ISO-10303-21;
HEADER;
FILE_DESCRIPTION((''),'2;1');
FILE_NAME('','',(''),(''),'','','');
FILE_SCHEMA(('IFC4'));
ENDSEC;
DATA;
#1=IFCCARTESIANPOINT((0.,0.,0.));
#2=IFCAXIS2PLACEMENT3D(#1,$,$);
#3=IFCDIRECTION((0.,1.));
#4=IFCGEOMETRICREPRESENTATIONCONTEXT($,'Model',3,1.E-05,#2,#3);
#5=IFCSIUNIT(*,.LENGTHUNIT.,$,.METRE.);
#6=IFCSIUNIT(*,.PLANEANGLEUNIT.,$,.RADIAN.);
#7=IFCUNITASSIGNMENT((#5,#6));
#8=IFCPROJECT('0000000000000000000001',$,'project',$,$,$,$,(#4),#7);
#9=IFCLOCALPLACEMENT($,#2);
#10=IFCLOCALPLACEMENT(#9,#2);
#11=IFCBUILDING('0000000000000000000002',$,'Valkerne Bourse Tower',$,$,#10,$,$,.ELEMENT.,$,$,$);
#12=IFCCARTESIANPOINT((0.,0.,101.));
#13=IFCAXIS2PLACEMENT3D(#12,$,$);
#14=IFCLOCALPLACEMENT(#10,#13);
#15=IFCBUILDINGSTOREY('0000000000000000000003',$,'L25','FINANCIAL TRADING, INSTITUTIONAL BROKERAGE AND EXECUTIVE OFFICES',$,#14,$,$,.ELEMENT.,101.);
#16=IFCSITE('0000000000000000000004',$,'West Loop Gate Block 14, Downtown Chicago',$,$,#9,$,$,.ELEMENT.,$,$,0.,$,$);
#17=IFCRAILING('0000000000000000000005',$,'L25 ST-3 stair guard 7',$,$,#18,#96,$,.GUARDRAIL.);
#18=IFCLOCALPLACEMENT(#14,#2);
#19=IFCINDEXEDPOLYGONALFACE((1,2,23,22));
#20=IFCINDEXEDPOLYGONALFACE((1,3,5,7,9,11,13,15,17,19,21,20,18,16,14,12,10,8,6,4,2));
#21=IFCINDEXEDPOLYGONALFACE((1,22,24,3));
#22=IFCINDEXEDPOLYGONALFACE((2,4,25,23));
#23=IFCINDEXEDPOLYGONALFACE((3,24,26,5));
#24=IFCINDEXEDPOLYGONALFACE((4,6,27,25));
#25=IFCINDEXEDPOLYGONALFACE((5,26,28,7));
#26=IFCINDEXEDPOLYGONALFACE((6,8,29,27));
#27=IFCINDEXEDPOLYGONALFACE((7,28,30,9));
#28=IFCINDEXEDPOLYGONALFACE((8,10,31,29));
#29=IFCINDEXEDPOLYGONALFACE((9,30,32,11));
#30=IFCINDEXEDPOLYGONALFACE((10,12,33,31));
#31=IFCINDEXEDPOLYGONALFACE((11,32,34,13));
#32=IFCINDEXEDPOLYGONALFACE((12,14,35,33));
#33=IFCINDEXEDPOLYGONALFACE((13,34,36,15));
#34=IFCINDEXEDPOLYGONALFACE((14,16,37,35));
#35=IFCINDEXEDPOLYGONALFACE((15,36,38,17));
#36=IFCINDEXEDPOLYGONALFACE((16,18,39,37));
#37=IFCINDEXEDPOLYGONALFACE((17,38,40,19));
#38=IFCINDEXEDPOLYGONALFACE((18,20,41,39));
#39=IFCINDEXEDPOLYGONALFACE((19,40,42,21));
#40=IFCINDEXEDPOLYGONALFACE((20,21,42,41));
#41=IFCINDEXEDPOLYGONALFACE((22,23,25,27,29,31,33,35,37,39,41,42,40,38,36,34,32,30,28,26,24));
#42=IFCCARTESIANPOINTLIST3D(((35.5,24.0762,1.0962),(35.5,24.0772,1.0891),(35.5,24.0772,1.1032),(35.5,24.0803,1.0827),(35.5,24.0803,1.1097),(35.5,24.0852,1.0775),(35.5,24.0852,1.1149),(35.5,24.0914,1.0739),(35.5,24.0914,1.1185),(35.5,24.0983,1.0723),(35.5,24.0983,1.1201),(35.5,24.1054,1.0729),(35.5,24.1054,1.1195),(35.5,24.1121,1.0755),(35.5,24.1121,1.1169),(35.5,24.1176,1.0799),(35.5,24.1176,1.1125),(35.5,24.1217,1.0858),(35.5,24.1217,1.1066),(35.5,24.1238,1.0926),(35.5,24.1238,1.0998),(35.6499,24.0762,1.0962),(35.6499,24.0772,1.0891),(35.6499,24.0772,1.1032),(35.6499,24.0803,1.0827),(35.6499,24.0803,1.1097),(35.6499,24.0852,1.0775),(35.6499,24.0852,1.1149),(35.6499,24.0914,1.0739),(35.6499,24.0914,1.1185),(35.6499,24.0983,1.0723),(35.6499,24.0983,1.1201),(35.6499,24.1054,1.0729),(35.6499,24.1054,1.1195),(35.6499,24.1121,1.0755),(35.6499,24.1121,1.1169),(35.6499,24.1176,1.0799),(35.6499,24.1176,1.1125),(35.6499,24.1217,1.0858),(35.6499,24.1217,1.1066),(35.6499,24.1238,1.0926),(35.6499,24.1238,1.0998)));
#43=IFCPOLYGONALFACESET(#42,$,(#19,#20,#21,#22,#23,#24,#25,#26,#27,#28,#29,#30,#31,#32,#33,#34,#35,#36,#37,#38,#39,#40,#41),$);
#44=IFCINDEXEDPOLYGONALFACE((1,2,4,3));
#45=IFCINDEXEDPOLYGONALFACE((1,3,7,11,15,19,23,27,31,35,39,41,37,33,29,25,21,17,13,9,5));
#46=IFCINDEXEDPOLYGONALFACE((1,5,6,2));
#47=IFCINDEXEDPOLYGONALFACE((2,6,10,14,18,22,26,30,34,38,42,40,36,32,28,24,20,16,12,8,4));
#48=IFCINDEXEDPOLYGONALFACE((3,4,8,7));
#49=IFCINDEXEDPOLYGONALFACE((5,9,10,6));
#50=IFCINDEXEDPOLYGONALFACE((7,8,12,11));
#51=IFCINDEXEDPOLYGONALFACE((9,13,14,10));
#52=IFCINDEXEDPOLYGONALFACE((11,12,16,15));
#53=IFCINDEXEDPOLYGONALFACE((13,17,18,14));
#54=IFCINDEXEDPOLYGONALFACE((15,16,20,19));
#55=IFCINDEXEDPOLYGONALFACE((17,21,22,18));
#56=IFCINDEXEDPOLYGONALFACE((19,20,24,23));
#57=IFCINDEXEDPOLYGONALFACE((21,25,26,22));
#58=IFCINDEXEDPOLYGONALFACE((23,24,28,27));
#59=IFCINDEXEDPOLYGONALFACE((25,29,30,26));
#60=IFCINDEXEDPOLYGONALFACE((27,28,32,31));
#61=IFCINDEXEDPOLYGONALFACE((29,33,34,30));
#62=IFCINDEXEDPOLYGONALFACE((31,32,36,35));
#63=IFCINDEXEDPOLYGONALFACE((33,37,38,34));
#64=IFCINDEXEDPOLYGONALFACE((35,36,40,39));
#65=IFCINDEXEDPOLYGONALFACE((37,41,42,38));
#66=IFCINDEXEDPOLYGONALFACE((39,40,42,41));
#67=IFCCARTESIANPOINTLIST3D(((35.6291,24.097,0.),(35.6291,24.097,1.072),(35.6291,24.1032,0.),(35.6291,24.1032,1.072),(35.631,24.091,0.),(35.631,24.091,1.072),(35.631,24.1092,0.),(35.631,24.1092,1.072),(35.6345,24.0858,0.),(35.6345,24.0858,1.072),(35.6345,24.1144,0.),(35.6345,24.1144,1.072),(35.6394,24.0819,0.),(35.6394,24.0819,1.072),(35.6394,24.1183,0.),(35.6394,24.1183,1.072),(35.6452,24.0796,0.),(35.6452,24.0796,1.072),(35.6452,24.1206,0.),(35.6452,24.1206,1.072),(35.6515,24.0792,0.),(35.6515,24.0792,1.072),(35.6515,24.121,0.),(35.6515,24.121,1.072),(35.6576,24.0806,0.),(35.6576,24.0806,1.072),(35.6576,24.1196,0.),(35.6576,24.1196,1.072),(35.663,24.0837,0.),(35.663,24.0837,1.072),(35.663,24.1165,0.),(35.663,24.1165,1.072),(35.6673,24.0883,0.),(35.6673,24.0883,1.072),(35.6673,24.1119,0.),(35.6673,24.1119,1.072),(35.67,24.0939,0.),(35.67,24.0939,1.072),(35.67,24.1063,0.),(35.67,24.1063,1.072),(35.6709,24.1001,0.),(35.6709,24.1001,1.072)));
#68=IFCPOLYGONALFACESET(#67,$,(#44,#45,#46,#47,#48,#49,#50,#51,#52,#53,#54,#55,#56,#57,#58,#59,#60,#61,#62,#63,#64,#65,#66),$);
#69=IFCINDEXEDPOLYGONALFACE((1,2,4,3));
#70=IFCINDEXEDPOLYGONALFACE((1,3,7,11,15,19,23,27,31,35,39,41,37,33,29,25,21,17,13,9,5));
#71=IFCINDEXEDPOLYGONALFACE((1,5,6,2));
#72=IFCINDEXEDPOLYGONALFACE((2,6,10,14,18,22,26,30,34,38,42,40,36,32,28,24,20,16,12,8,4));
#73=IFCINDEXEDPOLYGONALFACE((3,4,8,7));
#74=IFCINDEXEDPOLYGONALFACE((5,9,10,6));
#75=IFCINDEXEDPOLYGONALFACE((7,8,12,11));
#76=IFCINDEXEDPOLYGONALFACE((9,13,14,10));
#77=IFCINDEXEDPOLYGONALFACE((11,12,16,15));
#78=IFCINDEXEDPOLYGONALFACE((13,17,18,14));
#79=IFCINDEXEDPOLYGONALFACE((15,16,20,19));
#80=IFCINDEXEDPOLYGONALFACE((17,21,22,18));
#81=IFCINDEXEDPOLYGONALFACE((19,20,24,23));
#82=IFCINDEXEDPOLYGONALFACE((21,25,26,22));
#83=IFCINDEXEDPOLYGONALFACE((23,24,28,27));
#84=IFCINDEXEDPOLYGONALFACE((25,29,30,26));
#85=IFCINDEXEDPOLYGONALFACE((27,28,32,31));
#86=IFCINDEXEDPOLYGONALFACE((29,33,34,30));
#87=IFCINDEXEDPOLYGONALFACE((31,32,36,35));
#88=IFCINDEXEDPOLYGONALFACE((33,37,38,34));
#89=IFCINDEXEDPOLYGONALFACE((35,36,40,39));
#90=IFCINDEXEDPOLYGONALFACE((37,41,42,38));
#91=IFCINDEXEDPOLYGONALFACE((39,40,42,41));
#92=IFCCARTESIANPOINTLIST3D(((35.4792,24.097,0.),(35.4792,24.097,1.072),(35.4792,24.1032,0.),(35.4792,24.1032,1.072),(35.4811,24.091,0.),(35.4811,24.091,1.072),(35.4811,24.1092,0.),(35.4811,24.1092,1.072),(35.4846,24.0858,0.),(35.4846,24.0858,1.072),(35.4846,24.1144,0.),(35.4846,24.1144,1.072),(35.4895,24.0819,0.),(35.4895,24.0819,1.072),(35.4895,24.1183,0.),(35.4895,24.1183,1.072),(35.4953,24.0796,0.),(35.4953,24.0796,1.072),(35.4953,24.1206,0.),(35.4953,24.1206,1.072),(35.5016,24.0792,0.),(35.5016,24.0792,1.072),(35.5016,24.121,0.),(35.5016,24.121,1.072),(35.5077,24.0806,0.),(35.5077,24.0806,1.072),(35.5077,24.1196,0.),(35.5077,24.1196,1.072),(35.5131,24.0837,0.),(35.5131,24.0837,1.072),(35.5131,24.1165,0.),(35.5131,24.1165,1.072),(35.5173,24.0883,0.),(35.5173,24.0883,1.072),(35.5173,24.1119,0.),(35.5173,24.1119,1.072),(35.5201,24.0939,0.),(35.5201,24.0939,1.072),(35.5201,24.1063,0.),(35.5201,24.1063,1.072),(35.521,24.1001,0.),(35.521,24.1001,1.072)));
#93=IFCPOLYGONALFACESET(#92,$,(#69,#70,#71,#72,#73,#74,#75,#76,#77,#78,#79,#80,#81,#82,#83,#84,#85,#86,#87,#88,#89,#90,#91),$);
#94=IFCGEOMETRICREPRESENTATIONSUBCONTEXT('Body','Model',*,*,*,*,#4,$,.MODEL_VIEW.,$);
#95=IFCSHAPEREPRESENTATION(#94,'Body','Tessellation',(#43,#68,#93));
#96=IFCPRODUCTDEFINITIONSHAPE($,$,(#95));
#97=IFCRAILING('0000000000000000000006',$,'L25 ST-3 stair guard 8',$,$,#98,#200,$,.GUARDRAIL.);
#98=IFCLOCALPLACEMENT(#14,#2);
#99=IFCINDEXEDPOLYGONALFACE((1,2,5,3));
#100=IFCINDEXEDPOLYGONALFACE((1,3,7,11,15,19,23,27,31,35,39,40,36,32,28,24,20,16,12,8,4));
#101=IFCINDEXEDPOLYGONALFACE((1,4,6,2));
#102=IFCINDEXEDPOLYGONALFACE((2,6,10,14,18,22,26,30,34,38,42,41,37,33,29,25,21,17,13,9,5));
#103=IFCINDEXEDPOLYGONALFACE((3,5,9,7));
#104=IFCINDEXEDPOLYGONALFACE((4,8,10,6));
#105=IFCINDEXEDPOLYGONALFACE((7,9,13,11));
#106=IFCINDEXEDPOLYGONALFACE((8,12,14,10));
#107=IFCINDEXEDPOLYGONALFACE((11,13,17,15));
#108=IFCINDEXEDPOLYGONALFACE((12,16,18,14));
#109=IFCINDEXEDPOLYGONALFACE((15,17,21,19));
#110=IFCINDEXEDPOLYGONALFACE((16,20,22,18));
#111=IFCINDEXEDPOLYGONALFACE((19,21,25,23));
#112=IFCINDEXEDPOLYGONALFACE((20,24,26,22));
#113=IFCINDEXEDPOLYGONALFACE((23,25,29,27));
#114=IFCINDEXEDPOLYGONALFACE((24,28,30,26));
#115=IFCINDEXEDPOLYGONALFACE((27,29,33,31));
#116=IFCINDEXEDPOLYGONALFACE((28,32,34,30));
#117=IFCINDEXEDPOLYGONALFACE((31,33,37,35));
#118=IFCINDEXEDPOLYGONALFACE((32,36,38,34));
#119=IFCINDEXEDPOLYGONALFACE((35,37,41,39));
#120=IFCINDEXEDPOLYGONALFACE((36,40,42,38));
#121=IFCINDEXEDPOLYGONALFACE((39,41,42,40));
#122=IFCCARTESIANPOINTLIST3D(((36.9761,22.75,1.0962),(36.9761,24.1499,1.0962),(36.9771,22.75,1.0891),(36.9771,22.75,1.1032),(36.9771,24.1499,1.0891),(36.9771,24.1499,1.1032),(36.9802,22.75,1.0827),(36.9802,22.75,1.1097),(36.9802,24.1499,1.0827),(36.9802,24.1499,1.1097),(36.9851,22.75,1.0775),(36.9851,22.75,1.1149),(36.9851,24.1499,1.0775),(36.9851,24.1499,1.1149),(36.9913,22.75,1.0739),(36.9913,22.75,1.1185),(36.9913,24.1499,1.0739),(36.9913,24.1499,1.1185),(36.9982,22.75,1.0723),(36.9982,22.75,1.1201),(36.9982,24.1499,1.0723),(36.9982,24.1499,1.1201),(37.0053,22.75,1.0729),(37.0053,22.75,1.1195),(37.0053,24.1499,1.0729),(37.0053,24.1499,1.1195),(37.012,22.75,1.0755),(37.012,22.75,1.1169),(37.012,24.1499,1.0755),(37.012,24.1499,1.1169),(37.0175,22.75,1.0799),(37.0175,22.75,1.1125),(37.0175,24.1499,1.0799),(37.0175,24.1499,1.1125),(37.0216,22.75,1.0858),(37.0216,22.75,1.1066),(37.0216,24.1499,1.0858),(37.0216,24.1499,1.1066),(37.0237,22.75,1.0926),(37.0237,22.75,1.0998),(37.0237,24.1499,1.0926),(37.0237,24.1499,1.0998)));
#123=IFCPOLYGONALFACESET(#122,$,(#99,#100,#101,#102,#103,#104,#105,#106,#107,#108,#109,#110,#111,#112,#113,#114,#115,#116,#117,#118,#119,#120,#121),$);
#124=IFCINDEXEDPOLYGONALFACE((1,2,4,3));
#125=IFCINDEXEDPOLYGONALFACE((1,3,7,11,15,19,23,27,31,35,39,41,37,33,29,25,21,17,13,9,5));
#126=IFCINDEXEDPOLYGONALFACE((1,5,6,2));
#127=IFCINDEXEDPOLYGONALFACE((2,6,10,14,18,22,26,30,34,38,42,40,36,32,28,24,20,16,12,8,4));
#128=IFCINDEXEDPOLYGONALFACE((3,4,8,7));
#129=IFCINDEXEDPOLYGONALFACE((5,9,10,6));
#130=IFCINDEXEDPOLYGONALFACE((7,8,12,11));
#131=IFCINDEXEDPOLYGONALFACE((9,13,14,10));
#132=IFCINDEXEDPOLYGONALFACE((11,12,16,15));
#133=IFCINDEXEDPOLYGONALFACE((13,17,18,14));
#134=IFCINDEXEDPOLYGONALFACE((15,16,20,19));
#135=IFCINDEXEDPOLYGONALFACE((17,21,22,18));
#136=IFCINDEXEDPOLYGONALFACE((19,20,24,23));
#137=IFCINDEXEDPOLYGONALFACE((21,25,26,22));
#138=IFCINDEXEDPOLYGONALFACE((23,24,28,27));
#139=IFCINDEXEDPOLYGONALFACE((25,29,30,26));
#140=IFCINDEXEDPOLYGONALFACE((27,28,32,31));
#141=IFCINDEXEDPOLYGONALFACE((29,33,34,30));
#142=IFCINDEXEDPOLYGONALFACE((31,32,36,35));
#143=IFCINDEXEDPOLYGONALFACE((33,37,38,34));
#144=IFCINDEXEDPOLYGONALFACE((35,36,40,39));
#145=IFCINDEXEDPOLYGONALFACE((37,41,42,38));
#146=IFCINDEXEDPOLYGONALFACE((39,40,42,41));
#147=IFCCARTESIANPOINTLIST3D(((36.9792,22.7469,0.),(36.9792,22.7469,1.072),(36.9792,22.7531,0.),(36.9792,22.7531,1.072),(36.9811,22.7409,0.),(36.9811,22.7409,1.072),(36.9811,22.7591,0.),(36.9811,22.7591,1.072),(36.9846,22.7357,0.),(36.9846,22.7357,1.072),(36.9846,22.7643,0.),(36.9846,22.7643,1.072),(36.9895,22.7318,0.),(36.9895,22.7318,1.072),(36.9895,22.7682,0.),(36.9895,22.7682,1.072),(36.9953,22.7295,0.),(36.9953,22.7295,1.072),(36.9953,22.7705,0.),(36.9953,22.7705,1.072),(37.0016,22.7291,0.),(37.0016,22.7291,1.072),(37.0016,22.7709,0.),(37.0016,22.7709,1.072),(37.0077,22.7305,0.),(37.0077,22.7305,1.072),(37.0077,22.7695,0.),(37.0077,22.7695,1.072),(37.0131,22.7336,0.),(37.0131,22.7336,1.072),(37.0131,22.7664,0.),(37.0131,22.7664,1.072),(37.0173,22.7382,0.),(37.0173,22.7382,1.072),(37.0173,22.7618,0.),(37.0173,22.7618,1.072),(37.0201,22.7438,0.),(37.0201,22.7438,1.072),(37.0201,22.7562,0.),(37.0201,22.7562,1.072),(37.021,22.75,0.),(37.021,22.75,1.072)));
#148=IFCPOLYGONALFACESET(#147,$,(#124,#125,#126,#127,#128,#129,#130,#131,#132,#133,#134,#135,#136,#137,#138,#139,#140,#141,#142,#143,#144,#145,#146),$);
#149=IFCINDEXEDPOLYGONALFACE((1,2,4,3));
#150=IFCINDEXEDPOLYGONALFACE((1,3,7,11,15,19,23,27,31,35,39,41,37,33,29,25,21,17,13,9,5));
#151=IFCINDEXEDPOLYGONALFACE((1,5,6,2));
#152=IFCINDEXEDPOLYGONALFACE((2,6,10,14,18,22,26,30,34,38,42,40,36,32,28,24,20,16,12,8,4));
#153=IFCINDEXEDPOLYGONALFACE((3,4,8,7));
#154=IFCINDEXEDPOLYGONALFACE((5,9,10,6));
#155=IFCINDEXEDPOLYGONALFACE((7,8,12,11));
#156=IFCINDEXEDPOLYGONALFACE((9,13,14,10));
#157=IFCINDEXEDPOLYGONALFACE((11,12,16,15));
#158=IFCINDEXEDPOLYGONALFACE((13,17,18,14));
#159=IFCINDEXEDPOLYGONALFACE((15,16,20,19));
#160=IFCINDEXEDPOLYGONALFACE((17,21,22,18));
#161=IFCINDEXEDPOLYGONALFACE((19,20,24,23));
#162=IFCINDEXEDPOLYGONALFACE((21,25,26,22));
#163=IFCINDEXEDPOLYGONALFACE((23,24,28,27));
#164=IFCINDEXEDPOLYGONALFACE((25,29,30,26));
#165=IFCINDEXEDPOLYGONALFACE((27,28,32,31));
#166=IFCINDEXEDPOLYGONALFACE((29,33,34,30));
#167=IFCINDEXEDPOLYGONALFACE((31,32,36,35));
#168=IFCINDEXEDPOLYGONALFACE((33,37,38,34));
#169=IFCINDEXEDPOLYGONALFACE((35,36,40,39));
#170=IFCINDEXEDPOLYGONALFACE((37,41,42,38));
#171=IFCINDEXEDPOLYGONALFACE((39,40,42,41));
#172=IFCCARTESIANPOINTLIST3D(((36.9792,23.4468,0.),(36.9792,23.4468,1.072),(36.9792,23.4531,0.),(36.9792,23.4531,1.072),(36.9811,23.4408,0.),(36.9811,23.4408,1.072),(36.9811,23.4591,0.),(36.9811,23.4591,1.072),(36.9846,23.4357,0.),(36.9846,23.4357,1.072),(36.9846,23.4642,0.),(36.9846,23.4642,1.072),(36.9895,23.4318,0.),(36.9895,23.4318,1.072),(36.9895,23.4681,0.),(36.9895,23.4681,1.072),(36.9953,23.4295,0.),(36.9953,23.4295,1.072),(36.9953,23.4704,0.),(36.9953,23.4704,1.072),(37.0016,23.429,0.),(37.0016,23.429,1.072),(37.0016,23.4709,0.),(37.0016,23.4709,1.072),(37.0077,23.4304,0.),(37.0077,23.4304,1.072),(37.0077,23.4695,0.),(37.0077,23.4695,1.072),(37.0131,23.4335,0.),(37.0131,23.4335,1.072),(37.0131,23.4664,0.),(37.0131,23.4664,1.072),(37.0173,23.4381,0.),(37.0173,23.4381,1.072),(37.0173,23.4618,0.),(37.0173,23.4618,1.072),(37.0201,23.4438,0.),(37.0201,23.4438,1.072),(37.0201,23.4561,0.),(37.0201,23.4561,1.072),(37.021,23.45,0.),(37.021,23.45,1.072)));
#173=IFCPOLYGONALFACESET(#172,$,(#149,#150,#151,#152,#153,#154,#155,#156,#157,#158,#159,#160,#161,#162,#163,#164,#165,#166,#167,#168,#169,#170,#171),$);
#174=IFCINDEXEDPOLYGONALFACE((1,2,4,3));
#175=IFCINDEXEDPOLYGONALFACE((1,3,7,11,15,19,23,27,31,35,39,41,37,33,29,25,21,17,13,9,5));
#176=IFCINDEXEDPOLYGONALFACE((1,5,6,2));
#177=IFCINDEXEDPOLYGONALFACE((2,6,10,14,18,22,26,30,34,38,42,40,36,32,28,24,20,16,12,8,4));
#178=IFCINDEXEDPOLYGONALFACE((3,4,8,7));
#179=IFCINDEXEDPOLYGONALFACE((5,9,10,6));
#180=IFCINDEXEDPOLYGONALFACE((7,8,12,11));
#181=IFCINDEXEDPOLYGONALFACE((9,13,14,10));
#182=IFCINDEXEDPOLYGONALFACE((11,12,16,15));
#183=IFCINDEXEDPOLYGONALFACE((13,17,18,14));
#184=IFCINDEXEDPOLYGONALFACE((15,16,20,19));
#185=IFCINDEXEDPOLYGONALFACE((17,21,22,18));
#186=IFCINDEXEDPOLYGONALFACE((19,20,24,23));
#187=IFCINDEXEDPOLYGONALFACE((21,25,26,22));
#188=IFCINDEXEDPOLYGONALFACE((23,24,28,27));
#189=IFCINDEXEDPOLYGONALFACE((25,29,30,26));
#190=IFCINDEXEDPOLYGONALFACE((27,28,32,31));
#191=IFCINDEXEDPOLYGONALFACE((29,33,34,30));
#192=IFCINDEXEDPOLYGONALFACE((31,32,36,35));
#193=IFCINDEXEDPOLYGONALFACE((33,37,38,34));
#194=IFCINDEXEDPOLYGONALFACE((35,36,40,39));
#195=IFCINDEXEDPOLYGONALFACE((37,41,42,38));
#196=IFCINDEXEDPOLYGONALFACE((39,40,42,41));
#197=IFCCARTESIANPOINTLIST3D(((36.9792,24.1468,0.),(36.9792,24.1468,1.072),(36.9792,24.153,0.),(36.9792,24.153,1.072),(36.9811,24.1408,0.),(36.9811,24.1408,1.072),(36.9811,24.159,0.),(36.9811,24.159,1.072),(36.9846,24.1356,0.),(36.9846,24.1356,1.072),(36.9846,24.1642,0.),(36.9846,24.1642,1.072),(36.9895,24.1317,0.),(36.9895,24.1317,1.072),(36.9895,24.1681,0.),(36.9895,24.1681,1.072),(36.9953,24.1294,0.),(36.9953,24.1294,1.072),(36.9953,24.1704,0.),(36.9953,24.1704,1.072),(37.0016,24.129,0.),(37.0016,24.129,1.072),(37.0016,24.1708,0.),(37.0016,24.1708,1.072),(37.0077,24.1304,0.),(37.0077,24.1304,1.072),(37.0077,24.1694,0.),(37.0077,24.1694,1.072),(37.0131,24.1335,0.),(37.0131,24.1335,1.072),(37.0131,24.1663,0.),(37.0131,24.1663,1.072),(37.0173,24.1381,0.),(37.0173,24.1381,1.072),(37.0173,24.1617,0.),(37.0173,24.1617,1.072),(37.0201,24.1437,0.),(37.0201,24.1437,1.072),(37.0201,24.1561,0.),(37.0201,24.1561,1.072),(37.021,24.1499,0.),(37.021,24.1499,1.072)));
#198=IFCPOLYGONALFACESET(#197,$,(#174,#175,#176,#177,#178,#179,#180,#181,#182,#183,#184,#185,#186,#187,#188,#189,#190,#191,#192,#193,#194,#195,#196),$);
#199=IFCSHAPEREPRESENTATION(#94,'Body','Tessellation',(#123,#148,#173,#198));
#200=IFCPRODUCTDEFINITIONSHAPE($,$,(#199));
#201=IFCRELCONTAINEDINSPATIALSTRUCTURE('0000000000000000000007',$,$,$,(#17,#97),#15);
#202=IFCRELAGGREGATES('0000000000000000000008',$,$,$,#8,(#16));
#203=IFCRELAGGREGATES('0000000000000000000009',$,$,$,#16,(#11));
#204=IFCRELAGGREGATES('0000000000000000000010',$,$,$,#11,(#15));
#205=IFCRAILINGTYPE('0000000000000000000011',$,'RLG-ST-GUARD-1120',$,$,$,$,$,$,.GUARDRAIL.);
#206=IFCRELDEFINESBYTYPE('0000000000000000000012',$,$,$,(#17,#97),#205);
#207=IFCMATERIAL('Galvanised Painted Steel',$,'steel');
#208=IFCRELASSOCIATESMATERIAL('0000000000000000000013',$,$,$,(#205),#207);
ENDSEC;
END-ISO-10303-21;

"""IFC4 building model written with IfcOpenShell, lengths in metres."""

from ifc_helpers import new_model, si_unit, direction, frame, origin, origin_2d, place, context, subcontext, project, spatial, circle, extrude, material, type_object, element, save


model = new_model("IFC4")

# Units and contexts
model_context = context("Model", 3, precision=1e-05, world=origin(), true_north=direction((0.0, 1.0)))
body_context = subcontext(model_context, "Body", "Model", "MODEL_VIEW")
ifc_project = project(units=[si_unit("LENGTHUNIT", "METRE"), si_unit("PLANEANGLEUNIT", "RADIAN")], contexts=[model_context])

# Site, building, storey
site_placement = place(None, origin())
site = spatial("IfcSite", under=ifc_project, at=site_placement, Name="West Loop Gate Block 14, Downtown Chicago", CompositionType="ELEMENT", RefElevation=0.0)
building_placement = place(site_placement, origin())
building = spatial("IfcBuilding", under=site, at=building_placement, Name="Valkerne Bourse Tower", CompositionType="ELEMENT")
storey_placement = place(building_placement, frame((0.0, 0.0, 101.0)))
storey = spatial("IfcBuildingStorey", under=building, at=storey_placement, Name="L25", Description="FINANCIAL TRADING, INSTITUTIONAL BROKERAGE AND EXECUTIVE OFFICES", CompositionType="ELEMENT", Elevation=101.0)

# Shared definitions
ifc_material_1 = material(Name="Galvanised Painted Steel", Category="steel")

# Railings
railing_type_1 = type_object("IfcRailingType", Name="RLG-ST-GUARD-1120", PredefinedType="GUARDRAIL", material=ifc_material_1)
railing_1_placement = place(storey_placement, frame((35.6499, 24.1001, 0.0)))
element("IfcRailing", 1, at=railing_1_placement, inside=storey, type_object=railing_type_1, Name="L25 ST-3 stair guard 7", PredefinedType="GUARDRAIL", context=body_context, shape_type="SweptSolid", body=[
    extrude(circle(Radius=0.0239, at=origin_2d()), frame((0.0, 0.0, 1.0962), z_axis=(-1.0, 0.0, 0.0), x_axis=(0.0, -1.0, 0.0)), (0.0, 0.0, 1.0), 0.1499),
    extrude(circle(Radius=0.021, at=origin_2d()), origin(), (0.0, 0.0, 1.0), 1.072),
    extrude(circle(Radius=0.021, at=origin_2d()), frame((-0.1499, 0.0, 0.0)), (0.0, 0.0, 1.0), 1.072),
])
for number, where, name in (
    (2, (37.0, 22.75, 0.0), "L25 ST-3 stair guard 8"),
):
    element("IfcRailing", number, at=place(storey_placement, frame(where)), inside=storey, type_object=railing_type_1, Name=name, PredefinedType="GUARDRAIL", context=body_context, shape_type="SweptSolid", body=[
        extrude(circle(Radius=0.0239, at=origin_2d()), frame((0.0, 0.0, 1.0962), z_axis=(0.0, 1.0, 0.0), x_axis=(-1.0, 0.0, 0.0)), (0.0, 0.0, 1.0), 1.3999),
        extrude(circle(Radius=0.021, at=origin_2d()), origin(), (0.0, 0.0, 1.0), 1.072),
        extrude(circle(Radius=0.021, at=origin_2d()), frame((0.0, 0.7, 0.0)), (0.0, 0.0, 1.0), 1.072),
        extrude(circle(Radius=0.021, at=origin_2d()), frame((0.0, 1.3999, 0.0)), (0.0, 0.0, 1.0), 1.072),
    ])

save(model, "model.ifc")
